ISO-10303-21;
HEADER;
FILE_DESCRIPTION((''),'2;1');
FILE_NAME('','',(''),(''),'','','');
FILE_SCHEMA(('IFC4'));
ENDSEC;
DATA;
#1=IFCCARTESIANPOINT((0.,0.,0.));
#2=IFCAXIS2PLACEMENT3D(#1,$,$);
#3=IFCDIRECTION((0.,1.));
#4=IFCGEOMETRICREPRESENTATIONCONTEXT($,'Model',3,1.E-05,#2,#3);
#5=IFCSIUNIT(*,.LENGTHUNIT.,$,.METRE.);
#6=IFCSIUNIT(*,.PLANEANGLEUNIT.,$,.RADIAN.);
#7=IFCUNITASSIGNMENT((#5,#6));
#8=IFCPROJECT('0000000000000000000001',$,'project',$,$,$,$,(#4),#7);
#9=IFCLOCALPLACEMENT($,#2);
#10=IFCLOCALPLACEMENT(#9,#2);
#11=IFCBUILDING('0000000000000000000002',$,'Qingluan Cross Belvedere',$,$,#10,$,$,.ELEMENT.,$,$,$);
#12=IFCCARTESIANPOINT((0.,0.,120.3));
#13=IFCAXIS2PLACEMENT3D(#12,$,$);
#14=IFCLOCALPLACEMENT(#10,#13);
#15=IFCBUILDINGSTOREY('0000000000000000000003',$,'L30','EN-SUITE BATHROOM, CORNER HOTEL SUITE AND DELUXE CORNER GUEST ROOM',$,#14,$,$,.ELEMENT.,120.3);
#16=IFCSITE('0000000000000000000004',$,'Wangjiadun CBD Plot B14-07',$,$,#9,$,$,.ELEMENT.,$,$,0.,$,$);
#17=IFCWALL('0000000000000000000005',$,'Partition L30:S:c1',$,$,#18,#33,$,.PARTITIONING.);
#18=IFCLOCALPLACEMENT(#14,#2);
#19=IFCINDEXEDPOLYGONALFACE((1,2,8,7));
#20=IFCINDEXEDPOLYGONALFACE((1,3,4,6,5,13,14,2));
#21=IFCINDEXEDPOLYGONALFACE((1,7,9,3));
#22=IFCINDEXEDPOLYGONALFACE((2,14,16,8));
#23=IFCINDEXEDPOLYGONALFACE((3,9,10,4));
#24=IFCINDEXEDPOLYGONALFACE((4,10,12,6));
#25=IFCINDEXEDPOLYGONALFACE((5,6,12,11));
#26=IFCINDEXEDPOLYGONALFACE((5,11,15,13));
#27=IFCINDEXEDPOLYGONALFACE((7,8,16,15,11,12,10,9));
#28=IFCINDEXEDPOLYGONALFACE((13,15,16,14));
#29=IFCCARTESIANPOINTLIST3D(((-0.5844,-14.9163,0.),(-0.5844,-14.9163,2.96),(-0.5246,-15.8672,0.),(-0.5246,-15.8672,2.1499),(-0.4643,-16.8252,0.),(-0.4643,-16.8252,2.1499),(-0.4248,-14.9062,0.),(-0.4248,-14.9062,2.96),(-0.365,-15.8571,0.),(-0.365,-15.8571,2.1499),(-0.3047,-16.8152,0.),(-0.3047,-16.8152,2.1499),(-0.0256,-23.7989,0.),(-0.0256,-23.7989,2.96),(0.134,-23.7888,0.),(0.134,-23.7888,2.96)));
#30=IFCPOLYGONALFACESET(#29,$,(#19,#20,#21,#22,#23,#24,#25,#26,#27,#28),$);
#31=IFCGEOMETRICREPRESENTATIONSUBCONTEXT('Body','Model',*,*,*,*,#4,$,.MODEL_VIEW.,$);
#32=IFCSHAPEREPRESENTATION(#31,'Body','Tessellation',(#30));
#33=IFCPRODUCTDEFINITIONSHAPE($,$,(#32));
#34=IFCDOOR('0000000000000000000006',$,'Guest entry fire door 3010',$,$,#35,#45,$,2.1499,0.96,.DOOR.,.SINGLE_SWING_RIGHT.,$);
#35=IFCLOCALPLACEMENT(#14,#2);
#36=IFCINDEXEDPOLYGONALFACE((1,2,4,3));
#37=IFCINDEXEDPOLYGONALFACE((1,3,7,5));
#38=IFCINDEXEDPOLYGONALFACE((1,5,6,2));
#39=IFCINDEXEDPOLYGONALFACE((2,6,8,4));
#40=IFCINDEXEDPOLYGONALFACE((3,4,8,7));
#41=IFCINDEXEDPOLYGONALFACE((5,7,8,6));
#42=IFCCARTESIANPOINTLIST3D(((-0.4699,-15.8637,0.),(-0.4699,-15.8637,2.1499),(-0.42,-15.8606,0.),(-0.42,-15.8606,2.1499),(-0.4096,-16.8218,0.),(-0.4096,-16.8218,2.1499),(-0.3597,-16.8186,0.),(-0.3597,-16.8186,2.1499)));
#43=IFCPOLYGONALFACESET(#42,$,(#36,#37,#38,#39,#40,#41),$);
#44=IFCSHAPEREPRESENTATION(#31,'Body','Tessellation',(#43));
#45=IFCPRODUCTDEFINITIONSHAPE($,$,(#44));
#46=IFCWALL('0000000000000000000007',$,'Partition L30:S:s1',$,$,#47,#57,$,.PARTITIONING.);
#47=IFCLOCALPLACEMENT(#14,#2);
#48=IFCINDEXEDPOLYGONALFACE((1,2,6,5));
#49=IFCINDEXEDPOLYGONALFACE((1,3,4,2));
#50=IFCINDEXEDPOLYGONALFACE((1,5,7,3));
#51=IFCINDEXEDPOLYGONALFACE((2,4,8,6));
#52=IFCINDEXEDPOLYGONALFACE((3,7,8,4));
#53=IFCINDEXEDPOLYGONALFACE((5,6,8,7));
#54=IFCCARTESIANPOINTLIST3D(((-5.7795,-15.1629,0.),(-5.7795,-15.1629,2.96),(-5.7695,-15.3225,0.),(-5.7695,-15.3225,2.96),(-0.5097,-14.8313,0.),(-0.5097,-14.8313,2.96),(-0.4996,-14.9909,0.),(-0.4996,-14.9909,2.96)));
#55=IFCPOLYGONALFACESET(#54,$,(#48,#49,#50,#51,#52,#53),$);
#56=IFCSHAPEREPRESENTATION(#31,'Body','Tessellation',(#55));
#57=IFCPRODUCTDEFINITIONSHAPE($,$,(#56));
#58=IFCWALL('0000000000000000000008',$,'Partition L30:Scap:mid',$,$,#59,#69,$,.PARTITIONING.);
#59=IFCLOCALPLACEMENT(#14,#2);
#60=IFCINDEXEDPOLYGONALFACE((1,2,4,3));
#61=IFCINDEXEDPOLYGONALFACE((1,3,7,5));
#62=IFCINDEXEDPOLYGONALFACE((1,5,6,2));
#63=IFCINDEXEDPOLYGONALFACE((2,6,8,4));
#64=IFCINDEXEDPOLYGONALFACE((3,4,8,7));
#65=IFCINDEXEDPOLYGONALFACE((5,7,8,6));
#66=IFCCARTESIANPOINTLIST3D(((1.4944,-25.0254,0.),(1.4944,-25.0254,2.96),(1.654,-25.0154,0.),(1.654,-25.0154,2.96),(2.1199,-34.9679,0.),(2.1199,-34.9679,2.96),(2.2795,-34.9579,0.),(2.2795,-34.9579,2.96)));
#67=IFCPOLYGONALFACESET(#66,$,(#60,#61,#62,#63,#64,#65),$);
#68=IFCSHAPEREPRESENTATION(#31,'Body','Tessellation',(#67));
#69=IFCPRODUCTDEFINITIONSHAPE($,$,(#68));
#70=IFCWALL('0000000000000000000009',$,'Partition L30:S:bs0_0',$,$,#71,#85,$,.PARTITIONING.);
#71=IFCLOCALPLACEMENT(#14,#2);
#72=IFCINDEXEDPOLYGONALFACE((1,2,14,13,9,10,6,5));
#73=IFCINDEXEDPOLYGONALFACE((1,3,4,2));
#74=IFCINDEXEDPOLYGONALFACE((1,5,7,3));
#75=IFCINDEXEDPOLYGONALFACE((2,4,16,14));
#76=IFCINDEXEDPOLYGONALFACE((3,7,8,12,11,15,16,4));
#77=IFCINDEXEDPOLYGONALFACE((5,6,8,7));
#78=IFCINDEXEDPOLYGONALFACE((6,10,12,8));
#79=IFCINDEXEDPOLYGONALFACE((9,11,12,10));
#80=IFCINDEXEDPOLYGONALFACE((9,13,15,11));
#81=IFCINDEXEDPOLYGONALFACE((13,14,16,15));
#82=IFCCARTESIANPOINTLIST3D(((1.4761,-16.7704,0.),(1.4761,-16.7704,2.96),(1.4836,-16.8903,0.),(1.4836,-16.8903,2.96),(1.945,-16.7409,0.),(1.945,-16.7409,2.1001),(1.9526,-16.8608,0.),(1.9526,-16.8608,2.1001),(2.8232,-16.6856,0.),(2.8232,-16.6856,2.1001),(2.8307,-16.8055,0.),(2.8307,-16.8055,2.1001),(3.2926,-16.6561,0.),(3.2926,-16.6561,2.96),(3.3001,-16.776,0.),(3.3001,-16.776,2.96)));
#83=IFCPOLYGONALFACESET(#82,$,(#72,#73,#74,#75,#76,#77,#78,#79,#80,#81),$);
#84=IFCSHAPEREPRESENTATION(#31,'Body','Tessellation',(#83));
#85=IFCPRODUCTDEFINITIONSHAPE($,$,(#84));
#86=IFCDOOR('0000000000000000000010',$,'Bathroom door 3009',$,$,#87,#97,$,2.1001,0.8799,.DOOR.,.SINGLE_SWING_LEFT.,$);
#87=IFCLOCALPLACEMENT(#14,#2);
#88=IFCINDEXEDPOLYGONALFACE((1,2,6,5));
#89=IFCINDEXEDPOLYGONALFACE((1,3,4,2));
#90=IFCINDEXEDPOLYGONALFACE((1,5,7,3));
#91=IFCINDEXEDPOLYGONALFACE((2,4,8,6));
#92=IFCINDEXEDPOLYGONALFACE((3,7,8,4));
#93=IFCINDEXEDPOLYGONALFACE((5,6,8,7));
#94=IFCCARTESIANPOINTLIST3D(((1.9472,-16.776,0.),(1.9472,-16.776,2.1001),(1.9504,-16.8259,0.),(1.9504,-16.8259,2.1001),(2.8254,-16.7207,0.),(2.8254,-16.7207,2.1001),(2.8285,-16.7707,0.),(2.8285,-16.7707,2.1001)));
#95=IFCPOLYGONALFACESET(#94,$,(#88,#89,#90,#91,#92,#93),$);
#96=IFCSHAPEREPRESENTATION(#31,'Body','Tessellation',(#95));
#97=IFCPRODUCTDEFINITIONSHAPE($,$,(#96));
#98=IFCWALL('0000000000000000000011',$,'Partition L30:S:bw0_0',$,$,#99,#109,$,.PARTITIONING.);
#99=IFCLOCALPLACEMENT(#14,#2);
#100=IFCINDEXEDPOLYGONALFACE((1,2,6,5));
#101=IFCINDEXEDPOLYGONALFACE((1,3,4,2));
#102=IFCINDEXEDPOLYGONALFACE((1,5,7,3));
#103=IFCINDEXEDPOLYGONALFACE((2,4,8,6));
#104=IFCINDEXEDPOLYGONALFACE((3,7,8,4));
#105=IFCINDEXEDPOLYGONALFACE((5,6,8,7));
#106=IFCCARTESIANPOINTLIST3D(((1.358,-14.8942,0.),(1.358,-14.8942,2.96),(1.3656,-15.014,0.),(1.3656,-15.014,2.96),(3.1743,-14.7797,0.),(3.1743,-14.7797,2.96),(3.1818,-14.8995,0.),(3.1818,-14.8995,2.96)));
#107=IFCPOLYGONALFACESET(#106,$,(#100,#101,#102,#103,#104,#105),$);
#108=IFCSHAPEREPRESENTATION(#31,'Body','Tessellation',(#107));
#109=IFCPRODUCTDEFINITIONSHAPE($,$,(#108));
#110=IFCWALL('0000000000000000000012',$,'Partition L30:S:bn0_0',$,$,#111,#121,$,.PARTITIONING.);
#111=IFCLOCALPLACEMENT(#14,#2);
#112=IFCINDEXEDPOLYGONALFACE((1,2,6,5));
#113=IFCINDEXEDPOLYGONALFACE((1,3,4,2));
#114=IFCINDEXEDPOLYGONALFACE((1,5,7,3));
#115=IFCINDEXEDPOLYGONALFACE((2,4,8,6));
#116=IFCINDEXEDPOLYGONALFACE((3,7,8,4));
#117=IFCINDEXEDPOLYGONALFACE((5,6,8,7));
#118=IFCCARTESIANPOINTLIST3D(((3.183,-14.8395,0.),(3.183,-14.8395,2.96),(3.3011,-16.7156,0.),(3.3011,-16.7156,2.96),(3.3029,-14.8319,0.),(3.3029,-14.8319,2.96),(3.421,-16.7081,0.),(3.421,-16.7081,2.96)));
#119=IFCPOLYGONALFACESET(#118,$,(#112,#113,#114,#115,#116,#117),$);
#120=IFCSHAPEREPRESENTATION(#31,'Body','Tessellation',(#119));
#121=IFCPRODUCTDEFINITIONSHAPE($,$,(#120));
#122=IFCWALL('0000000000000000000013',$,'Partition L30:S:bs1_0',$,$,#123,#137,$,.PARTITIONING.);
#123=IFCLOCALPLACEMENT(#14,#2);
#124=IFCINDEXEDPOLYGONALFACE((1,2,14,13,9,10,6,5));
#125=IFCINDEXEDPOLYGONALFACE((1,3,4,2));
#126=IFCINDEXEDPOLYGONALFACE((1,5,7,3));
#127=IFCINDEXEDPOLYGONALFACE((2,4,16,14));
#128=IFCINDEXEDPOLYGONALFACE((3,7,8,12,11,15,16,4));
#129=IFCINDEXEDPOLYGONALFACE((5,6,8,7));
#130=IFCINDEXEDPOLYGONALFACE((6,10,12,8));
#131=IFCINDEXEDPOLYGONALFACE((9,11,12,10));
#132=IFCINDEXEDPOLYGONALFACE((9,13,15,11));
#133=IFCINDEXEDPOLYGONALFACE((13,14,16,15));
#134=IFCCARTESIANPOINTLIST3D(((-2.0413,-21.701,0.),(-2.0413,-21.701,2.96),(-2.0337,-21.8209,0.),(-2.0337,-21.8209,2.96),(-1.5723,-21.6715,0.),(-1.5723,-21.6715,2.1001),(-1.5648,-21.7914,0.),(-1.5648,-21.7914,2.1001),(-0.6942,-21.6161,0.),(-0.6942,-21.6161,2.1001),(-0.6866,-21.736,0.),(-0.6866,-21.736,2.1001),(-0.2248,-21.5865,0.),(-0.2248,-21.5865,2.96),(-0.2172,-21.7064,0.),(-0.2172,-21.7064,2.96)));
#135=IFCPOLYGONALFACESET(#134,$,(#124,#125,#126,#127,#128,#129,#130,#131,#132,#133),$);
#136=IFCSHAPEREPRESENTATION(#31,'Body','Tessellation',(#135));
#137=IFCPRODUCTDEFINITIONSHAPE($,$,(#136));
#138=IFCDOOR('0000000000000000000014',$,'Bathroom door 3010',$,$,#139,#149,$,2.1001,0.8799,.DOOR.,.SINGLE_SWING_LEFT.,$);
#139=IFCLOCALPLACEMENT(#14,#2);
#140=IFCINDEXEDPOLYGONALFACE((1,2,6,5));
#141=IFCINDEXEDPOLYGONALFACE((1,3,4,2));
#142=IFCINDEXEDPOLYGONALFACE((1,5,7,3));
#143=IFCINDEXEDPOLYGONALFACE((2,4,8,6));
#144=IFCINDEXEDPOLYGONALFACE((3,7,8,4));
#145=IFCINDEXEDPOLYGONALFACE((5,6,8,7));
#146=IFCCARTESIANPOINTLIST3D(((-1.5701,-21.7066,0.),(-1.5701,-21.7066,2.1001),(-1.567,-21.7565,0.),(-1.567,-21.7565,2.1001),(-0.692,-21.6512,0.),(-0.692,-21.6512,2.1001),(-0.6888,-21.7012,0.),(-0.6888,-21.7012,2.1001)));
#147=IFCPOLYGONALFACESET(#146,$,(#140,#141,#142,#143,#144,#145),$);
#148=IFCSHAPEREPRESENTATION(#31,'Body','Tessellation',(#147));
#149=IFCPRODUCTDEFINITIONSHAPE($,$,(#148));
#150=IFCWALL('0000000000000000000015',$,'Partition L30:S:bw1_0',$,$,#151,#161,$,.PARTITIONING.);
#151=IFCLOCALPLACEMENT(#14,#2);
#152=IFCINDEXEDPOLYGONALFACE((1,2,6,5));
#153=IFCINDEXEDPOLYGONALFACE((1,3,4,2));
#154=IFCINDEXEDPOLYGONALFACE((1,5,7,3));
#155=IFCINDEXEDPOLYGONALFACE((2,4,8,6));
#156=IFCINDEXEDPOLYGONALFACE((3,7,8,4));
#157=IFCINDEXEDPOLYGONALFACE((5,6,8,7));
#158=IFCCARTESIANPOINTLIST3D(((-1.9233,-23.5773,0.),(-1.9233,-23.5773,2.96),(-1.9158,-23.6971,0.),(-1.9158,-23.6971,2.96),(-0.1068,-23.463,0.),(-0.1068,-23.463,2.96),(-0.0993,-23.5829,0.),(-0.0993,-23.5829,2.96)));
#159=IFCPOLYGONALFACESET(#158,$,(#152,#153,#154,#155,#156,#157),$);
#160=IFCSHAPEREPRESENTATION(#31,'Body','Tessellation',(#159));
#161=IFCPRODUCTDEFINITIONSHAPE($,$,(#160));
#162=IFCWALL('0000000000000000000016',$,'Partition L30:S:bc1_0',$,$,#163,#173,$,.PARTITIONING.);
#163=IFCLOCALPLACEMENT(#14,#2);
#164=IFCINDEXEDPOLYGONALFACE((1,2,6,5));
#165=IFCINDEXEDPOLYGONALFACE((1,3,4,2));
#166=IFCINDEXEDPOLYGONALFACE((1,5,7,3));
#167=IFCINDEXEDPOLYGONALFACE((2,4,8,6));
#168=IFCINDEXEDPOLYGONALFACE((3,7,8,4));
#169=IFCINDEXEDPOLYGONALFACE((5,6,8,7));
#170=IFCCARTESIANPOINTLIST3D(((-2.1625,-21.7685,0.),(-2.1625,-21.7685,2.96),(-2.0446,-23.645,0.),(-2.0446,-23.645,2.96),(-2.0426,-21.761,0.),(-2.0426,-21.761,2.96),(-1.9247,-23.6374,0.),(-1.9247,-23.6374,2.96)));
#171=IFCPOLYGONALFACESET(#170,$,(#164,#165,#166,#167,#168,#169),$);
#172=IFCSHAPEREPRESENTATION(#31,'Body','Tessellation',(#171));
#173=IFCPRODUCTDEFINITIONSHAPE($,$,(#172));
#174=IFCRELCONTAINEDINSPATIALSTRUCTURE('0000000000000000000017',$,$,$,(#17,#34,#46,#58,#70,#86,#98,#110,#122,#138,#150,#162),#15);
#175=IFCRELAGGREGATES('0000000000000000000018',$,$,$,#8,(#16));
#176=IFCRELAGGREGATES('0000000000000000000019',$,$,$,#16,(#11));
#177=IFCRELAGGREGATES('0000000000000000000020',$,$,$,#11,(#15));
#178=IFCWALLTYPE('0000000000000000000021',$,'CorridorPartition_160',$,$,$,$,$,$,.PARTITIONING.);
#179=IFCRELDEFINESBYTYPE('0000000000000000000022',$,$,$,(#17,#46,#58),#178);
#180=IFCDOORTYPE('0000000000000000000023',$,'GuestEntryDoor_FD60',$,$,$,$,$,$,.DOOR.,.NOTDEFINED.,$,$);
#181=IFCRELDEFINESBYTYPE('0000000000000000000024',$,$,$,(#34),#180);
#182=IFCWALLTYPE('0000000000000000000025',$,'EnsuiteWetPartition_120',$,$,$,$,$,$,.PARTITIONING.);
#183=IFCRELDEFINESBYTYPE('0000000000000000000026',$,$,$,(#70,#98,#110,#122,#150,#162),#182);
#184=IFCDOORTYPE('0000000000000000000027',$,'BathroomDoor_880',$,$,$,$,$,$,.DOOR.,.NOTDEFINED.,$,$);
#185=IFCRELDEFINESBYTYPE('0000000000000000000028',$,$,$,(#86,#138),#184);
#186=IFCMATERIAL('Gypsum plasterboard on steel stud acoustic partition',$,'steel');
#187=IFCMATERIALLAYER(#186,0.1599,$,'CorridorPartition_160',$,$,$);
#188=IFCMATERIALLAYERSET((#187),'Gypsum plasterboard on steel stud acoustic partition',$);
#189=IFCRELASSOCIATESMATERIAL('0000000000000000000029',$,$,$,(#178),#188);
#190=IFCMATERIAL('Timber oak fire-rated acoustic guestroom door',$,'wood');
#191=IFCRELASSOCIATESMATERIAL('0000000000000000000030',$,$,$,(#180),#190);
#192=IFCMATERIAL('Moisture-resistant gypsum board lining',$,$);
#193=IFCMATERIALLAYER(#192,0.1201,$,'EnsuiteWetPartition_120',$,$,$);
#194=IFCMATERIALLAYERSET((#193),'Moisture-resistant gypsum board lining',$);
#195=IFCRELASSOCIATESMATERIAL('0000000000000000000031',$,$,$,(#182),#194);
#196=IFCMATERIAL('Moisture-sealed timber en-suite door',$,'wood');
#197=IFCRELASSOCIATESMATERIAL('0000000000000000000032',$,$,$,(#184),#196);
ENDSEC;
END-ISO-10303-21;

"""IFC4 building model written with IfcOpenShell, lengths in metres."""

from ifc_helpers import new_model, si_unit, direction, frame, frame_2d, origin, place, context, subcontext, project, spatial, rectangle, extrude, material, layer, layer_set, type_object, element, fill, save


model = new_model("IFC4")

# Units and contexts
model_context = context("Model", 3, precision=1e-05, world=origin(), true_north=direction((0.0, 1.0)))
body_context = subcontext(model_context, "Body", "Model", "MODEL_VIEW")
ifc_project = project(units=[si_unit("LENGTHUNIT", "METRE"), si_unit("PLANEANGLEUNIT", "RADIAN")], contexts=[model_context])

# Site, building, storey
site_placement = place(None, origin())
site = spatial("IfcSite", under=ifc_project, at=site_placement, Name="Wangjiadun CBD Plot B14-07", CompositionType="ELEMENT", RefElevation=0.0)
building_placement = place(site_placement, origin())
building = spatial("IfcBuilding", under=site, at=building_placement, Name="Qingluan Cross Belvedere", CompositionType="ELEMENT")
storey_placement = place(building_placement, frame((0.0, 0.0, 120.3)))
storey = spatial("IfcBuildingStorey", under=building, at=storey_placement, Name="L30", Description="EN-SUITE BATHROOM, CORNER HOTEL SUITE AND DELUXE CORNER GUEST ROOM", CompositionType="ELEMENT", Elevation=120.3)

# Shared definitions
ifc_material_1 = material(Name="Gypsum plasterboard on steel stud acoustic partition", Category="steel")
ifc_layer_1 = layer(ifc_material_1, 0.1599, Name="CorridorPartition_160")
ifc_layer_set_1 = layer_set([ifc_layer_1], Name="Gypsum plasterboard on steel stud acoustic partition")
wall_type_1 = type_object("IfcWallType", Name="CorridorPartition_160", PredefinedType="PARTITIONING", material=ifc_layer_set_1)
ifc_material_2 = material(Name="Timber oak fire-rated acoustic guestroom door", Category="wood")
door_type_1 = type_object("IfcDoorType", Name="GuestEntryDoor_FD60", OperationType="NOTDEFINED", PredefinedType="DOOR", material=ifc_material_2)

# Wall, opening, door
wall_1_placement = place(storey_placement, frame((-0.5046, -14.9111, 0.0), z_axis=(0.0, 0.0, 1.0), x_axis=(0.06279, -0.998027, 0.0)))
wall_1 = element("IfcWall", 1, at=wall_1_placement, inside=storey, type_object=wall_type_1, Name="Partition L30:S:c1", PredefinedType="PARTITIONING", context=body_context, shape_type="SweptSolid", body=[
    extrude(rectangle(XDim=8.9001, YDim=0.1599, at=frame_2d((4.4502, 0.0))), origin(), (0.0, 0.0, 1.0), 2.96),
])
opening_1_placement = place(wall_1_placement, frame((0.9529, 0.0, 0.0)))
opening_1 = element("IfcOpeningElement", 2, at=opening_1_placement, cuts=wall_1, PredefinedType="OPENING", context=body_context, shape_type="SweptSolid", body=[
    extrude(rectangle(XDim=0.96, YDim=2.1499, at=frame_2d((0.48, 1.075))), frame((0.0, 0.0898, 0.0), z_axis=(0.0, -1.0, 0.0), x_axis=(1.0, 0.0, 0.0)), (0.0, 0.0, 1.0), 0.1799),
])
door_1_placement = place(opening_1_placement, origin())
door_1 = element("IfcDoor", 3, at=door_1_placement, inside=storey, type_object=door_type_1, Name="Guest entry fire door 3010", OperationType="SINGLE_SWING_RIGHT", OverallHeight=2.1499, OverallWidth=0.96, PredefinedType="DOOR", context=body_context, shape_type="SweptSolid", body=[
    extrude(rectangle(XDim=0.96, YDim=2.1499, at=frame_2d((0.48, 1.075))), frame((0.0, 0.0249, 0.0), z_axis=(0.0, -1.0, 0.0), x_axis=(1.0, 0.0, 0.0)), (0.0, 0.0, 1.0), 0.05),
])
fill(opening_1, door_1)

# Walls
wall_2_placement = place(storey_placement, frame((-0.5046, -14.9111, 0.0), z_axis=(0.0, 0.0, 1.0), x_axis=(-0.998027, -0.06279, 0.0)))
element("IfcWall", 4, at=wall_2_placement, inside=storey, type_object=wall_type_1, Name="Partition L30:S:s1", PredefinedType="PARTITIONING", context=body_context, shape_type="SweptSolid", body=[
    extrude(rectangle(XDim=5.2803, YDim=0.1599, at=frame_2d((2.6401, 0.0))), origin(), (0.0, 0.0, 1.0), 2.96),
])
wall_3_placement = place(storey_placement, frame((1.5742, -25.0205, 0.0), z_axis=(0.0, 0.0, 1.0), x_axis=(0.062787, -0.998027, 0.0)))
element("IfcWall", 5, at=wall_3_placement, inside=storey, type_object=wall_type_1, Name="Partition L30:Scap:mid", PredefinedType="PARTITIONING", context=body_context, shape_type="SweptSolid", body=[
    extrude(rectangle(XDim=9.9622, YDim=0.1599, at=frame_2d((4.981, 0.0))), origin(), (0.0, 0.0, 1.0), 2.96),
])

# Wall, opening, door
ifc_material_3 = material(Name="Moisture-resistant gypsum board lining")
ifc_layer_2 = layer(ifc_material_3, 0.1201, Name="EnsuiteWetPartition_120")
ifc_layer_set_2 = layer_set([ifc_layer_2], Name="Moisture-resistant gypsum board lining")
wall_type_2 = type_object("IfcWallType", Name="EnsuiteWetPartition_120", PredefinedType="PARTITIONING", material=ifc_layer_set_2)
wall_4_placement = place(storey_placement, frame((1.4797, -16.8303, 0.0), z_axis=(0.0, 0.0, 1.0), x_axis=(0.998027, 0.062779, 0.0)))
wall_4 = element("IfcWall", 6, at=wall_4_placement, inside=storey, type_object=wall_type_2, Name="Partition L30:S:bs0_0", PredefinedType="PARTITIONING", context=body_context, shape_type="SweptSolid", body=[
    extrude(rectangle(XDim=1.8201, YDim=0.1201, at=frame_2d((0.9102, 0.0))), origin(), (0.0, 0.0, 1.0), 2.96),
])
opening_2_placement = place(wall_4_placement, frame((0.47, 0.0, 0.0)))
opening_2 = element("IfcOpeningElement", 7, at=opening_2_placement, cuts=wall_4, PredefinedType="OPENING", context=body_context, shape_type="SweptSolid", body=[
    extrude(rectangle(XDim=0.8799, YDim=2.1001, at=frame_2d((0.4399, 1.05))), frame((0.0, 0.0701, 0.0), z_axis=(0.0, -1.0, 0.0), x_axis=(1.0, 0.0, 0.0)), (0.0, 0.0, 1.0), 0.1401),
])
ifc_material_4 = material(Name="Moisture-sealed timber en-suite door", Category="wood")
door_type_2 = type_object("IfcDoorType", Name="BathroomDoor_880", OperationType="NOTDEFINED", PredefinedType="DOOR", material=ifc_material_4)
door_2_placement = place(opening_2_placement, origin())
door_2 = element("IfcDoor", 8, at=door_2_placement, inside=storey, type_object=door_type_2, Name="Bathroom door 3009", OperationType="SINGLE_SWING_LEFT", OverallHeight=2.1001, OverallWidth=0.8799, PredefinedType="DOOR", context=body_context, shape_type="SweptSolid", body=[
    extrude(rectangle(XDim=0.8799, YDim=2.1001, at=frame_2d((0.4399, 1.05))), frame((0.0, 0.0249, 0.0), z_axis=(0.0, -1.0, 0.0), x_axis=(1.0, 0.0, 0.0)), (0.0, 0.0, 1.0), 0.05),
])
fill(opening_2, door_2)

# Walls
wall_5_placement = place(storey_placement, frame((1.3618, -14.9541, 0.0), z_axis=(0.0, 0.0, 1.0), x_axis=(0.998018, 0.062921, 0.0)))
element("IfcWall", 9, at=wall_5_placement, inside=storey, type_object=wall_type_2, Name="Partition L30:S:bw0_0", PredefinedType="PARTITIONING", context=body_context, shape_type="SweptSolid", body=[
    extrude(rectangle(XDim=1.8198, YDim=0.1201, at=frame_2d((0.9099, 0.0))), origin(), (0.0, 0.0, 1.0), 2.96),
])
wall_6_placement = place(storey_placement, frame((3.2429, -14.8357, 0.0), z_axis=(0.0, 0.0, 1.0), x_axis=(0.062855, -0.998023, 0.0)))
element("IfcWall", 10, at=wall_6_placement, inside=storey, type_object=wall_type_2, Name="Partition L30:S:bn0_0", PredefinedType="PARTITIONING", context=body_context, shape_type="SweptSolid", body=[
    extrude(rectangle(XDim=1.8799, YDim=0.1201, at=frame_2d((0.9399, 0.0))), origin(), (0.0, 0.0, 1.0), 2.96),
])

# Wall, opening, door
wall_7_placement = place(storey_placement, frame((-2.0376, -21.761, 0.0), z_axis=(0.0, 0.0, 1.0), x_axis=(0.998019, 0.062913, 0.0)))
wall_7 = element("IfcWall", 11, at=wall_7_placement, inside=storey, type_object=wall_type_2, Name="Partition L30:S:bs1_0", PredefinedType="PARTITIONING", context=body_context, shape_type="SweptSolid", body=[
    extrude(rectangle(XDim=1.8201, YDim=0.1201, at=frame_2d((0.9102, 0.0))), origin(), (0.0, 0.0, 1.0), 2.96),
])
opening_3_placement = place(wall_7_placement, frame((0.47, 0.0, 0.0)))
opening_3 = element("IfcOpeningElement", 12, at=opening_3_placement, cuts=wall_7, PredefinedType="OPENING", context=body_context, shape_type="SweptSolid", body=[
    extrude(rectangle(XDim=0.8799, YDim=2.1001, at=frame_2d((0.4399, 1.05))), frame((0.0, 0.0701, 0.0), z_axis=(0.0, -1.0, 0.0), x_axis=(1.0, 0.0, 0.0)), (0.0, 0.0, 1.0), 0.1401),
])
door_3_placement = place(opening_3_placement, origin())
door_3 = element("IfcDoor", 13, at=door_3_placement, inside=storey, type_object=door_type_2, Name="Bathroom door 3010", OperationType="SINGLE_SWING_LEFT", OverallHeight=2.1001, OverallWidth=0.8799, PredefinedType="DOOR", context=body_context, shape_type="SweptSolid", body=[
    extrude(rectangle(XDim=0.8799, YDim=2.1001, at=frame_2d((0.4399, 1.05))), frame((0.0, 0.0249, 0.0), z_axis=(0.0, -1.0, 0.0), x_axis=(1.0, 0.0, 0.0)), (0.0, 0.0, 1.0), 0.05),
])
fill(opening_3, door_3)

# Walls
wall_8_placement = place(storey_placement, frame((-1.9197, -23.6372, 0.0), z_axis=(0.0, 0.0, 1.0), x_axis=(0.998027, 0.062779, 0.0)))
element("IfcWall", 14, at=wall_8_placement, inside=storey, type_object=wall_type_2, Name="Partition L30:S:bw1_0", PredefinedType="PARTITIONING", context=body_context, shape_type="SweptSolid", body=[
    extrude(rectangle(XDim=1.8201, YDim=0.1201, at=frame_2d((0.9102, 0.0))), origin(), (0.0, 0.0, 1.0), 2.96),
])
wall_9_placement = place(storey_placement, frame((-2.1025, -21.7649, 0.0), z_axis=(0.0, 0.0, 1.0), x_axis=(0.062718, -0.998031, 0.0)))
element("IfcWall", 15, at=wall_9_placement, inside=storey, type_object=wall_type_2, Name="Partition L30:S:bc1_0", PredefinedType="PARTITIONING", context=body_context, shape_type="SweptSolid", body=[
    extrude(rectangle(XDim=1.8801, YDim=0.1201, at=frame_2d((0.9399, 0.0))), origin(), (0.0, 0.0, 1.0), 2.96),
])

save(model, "model.ifc")
